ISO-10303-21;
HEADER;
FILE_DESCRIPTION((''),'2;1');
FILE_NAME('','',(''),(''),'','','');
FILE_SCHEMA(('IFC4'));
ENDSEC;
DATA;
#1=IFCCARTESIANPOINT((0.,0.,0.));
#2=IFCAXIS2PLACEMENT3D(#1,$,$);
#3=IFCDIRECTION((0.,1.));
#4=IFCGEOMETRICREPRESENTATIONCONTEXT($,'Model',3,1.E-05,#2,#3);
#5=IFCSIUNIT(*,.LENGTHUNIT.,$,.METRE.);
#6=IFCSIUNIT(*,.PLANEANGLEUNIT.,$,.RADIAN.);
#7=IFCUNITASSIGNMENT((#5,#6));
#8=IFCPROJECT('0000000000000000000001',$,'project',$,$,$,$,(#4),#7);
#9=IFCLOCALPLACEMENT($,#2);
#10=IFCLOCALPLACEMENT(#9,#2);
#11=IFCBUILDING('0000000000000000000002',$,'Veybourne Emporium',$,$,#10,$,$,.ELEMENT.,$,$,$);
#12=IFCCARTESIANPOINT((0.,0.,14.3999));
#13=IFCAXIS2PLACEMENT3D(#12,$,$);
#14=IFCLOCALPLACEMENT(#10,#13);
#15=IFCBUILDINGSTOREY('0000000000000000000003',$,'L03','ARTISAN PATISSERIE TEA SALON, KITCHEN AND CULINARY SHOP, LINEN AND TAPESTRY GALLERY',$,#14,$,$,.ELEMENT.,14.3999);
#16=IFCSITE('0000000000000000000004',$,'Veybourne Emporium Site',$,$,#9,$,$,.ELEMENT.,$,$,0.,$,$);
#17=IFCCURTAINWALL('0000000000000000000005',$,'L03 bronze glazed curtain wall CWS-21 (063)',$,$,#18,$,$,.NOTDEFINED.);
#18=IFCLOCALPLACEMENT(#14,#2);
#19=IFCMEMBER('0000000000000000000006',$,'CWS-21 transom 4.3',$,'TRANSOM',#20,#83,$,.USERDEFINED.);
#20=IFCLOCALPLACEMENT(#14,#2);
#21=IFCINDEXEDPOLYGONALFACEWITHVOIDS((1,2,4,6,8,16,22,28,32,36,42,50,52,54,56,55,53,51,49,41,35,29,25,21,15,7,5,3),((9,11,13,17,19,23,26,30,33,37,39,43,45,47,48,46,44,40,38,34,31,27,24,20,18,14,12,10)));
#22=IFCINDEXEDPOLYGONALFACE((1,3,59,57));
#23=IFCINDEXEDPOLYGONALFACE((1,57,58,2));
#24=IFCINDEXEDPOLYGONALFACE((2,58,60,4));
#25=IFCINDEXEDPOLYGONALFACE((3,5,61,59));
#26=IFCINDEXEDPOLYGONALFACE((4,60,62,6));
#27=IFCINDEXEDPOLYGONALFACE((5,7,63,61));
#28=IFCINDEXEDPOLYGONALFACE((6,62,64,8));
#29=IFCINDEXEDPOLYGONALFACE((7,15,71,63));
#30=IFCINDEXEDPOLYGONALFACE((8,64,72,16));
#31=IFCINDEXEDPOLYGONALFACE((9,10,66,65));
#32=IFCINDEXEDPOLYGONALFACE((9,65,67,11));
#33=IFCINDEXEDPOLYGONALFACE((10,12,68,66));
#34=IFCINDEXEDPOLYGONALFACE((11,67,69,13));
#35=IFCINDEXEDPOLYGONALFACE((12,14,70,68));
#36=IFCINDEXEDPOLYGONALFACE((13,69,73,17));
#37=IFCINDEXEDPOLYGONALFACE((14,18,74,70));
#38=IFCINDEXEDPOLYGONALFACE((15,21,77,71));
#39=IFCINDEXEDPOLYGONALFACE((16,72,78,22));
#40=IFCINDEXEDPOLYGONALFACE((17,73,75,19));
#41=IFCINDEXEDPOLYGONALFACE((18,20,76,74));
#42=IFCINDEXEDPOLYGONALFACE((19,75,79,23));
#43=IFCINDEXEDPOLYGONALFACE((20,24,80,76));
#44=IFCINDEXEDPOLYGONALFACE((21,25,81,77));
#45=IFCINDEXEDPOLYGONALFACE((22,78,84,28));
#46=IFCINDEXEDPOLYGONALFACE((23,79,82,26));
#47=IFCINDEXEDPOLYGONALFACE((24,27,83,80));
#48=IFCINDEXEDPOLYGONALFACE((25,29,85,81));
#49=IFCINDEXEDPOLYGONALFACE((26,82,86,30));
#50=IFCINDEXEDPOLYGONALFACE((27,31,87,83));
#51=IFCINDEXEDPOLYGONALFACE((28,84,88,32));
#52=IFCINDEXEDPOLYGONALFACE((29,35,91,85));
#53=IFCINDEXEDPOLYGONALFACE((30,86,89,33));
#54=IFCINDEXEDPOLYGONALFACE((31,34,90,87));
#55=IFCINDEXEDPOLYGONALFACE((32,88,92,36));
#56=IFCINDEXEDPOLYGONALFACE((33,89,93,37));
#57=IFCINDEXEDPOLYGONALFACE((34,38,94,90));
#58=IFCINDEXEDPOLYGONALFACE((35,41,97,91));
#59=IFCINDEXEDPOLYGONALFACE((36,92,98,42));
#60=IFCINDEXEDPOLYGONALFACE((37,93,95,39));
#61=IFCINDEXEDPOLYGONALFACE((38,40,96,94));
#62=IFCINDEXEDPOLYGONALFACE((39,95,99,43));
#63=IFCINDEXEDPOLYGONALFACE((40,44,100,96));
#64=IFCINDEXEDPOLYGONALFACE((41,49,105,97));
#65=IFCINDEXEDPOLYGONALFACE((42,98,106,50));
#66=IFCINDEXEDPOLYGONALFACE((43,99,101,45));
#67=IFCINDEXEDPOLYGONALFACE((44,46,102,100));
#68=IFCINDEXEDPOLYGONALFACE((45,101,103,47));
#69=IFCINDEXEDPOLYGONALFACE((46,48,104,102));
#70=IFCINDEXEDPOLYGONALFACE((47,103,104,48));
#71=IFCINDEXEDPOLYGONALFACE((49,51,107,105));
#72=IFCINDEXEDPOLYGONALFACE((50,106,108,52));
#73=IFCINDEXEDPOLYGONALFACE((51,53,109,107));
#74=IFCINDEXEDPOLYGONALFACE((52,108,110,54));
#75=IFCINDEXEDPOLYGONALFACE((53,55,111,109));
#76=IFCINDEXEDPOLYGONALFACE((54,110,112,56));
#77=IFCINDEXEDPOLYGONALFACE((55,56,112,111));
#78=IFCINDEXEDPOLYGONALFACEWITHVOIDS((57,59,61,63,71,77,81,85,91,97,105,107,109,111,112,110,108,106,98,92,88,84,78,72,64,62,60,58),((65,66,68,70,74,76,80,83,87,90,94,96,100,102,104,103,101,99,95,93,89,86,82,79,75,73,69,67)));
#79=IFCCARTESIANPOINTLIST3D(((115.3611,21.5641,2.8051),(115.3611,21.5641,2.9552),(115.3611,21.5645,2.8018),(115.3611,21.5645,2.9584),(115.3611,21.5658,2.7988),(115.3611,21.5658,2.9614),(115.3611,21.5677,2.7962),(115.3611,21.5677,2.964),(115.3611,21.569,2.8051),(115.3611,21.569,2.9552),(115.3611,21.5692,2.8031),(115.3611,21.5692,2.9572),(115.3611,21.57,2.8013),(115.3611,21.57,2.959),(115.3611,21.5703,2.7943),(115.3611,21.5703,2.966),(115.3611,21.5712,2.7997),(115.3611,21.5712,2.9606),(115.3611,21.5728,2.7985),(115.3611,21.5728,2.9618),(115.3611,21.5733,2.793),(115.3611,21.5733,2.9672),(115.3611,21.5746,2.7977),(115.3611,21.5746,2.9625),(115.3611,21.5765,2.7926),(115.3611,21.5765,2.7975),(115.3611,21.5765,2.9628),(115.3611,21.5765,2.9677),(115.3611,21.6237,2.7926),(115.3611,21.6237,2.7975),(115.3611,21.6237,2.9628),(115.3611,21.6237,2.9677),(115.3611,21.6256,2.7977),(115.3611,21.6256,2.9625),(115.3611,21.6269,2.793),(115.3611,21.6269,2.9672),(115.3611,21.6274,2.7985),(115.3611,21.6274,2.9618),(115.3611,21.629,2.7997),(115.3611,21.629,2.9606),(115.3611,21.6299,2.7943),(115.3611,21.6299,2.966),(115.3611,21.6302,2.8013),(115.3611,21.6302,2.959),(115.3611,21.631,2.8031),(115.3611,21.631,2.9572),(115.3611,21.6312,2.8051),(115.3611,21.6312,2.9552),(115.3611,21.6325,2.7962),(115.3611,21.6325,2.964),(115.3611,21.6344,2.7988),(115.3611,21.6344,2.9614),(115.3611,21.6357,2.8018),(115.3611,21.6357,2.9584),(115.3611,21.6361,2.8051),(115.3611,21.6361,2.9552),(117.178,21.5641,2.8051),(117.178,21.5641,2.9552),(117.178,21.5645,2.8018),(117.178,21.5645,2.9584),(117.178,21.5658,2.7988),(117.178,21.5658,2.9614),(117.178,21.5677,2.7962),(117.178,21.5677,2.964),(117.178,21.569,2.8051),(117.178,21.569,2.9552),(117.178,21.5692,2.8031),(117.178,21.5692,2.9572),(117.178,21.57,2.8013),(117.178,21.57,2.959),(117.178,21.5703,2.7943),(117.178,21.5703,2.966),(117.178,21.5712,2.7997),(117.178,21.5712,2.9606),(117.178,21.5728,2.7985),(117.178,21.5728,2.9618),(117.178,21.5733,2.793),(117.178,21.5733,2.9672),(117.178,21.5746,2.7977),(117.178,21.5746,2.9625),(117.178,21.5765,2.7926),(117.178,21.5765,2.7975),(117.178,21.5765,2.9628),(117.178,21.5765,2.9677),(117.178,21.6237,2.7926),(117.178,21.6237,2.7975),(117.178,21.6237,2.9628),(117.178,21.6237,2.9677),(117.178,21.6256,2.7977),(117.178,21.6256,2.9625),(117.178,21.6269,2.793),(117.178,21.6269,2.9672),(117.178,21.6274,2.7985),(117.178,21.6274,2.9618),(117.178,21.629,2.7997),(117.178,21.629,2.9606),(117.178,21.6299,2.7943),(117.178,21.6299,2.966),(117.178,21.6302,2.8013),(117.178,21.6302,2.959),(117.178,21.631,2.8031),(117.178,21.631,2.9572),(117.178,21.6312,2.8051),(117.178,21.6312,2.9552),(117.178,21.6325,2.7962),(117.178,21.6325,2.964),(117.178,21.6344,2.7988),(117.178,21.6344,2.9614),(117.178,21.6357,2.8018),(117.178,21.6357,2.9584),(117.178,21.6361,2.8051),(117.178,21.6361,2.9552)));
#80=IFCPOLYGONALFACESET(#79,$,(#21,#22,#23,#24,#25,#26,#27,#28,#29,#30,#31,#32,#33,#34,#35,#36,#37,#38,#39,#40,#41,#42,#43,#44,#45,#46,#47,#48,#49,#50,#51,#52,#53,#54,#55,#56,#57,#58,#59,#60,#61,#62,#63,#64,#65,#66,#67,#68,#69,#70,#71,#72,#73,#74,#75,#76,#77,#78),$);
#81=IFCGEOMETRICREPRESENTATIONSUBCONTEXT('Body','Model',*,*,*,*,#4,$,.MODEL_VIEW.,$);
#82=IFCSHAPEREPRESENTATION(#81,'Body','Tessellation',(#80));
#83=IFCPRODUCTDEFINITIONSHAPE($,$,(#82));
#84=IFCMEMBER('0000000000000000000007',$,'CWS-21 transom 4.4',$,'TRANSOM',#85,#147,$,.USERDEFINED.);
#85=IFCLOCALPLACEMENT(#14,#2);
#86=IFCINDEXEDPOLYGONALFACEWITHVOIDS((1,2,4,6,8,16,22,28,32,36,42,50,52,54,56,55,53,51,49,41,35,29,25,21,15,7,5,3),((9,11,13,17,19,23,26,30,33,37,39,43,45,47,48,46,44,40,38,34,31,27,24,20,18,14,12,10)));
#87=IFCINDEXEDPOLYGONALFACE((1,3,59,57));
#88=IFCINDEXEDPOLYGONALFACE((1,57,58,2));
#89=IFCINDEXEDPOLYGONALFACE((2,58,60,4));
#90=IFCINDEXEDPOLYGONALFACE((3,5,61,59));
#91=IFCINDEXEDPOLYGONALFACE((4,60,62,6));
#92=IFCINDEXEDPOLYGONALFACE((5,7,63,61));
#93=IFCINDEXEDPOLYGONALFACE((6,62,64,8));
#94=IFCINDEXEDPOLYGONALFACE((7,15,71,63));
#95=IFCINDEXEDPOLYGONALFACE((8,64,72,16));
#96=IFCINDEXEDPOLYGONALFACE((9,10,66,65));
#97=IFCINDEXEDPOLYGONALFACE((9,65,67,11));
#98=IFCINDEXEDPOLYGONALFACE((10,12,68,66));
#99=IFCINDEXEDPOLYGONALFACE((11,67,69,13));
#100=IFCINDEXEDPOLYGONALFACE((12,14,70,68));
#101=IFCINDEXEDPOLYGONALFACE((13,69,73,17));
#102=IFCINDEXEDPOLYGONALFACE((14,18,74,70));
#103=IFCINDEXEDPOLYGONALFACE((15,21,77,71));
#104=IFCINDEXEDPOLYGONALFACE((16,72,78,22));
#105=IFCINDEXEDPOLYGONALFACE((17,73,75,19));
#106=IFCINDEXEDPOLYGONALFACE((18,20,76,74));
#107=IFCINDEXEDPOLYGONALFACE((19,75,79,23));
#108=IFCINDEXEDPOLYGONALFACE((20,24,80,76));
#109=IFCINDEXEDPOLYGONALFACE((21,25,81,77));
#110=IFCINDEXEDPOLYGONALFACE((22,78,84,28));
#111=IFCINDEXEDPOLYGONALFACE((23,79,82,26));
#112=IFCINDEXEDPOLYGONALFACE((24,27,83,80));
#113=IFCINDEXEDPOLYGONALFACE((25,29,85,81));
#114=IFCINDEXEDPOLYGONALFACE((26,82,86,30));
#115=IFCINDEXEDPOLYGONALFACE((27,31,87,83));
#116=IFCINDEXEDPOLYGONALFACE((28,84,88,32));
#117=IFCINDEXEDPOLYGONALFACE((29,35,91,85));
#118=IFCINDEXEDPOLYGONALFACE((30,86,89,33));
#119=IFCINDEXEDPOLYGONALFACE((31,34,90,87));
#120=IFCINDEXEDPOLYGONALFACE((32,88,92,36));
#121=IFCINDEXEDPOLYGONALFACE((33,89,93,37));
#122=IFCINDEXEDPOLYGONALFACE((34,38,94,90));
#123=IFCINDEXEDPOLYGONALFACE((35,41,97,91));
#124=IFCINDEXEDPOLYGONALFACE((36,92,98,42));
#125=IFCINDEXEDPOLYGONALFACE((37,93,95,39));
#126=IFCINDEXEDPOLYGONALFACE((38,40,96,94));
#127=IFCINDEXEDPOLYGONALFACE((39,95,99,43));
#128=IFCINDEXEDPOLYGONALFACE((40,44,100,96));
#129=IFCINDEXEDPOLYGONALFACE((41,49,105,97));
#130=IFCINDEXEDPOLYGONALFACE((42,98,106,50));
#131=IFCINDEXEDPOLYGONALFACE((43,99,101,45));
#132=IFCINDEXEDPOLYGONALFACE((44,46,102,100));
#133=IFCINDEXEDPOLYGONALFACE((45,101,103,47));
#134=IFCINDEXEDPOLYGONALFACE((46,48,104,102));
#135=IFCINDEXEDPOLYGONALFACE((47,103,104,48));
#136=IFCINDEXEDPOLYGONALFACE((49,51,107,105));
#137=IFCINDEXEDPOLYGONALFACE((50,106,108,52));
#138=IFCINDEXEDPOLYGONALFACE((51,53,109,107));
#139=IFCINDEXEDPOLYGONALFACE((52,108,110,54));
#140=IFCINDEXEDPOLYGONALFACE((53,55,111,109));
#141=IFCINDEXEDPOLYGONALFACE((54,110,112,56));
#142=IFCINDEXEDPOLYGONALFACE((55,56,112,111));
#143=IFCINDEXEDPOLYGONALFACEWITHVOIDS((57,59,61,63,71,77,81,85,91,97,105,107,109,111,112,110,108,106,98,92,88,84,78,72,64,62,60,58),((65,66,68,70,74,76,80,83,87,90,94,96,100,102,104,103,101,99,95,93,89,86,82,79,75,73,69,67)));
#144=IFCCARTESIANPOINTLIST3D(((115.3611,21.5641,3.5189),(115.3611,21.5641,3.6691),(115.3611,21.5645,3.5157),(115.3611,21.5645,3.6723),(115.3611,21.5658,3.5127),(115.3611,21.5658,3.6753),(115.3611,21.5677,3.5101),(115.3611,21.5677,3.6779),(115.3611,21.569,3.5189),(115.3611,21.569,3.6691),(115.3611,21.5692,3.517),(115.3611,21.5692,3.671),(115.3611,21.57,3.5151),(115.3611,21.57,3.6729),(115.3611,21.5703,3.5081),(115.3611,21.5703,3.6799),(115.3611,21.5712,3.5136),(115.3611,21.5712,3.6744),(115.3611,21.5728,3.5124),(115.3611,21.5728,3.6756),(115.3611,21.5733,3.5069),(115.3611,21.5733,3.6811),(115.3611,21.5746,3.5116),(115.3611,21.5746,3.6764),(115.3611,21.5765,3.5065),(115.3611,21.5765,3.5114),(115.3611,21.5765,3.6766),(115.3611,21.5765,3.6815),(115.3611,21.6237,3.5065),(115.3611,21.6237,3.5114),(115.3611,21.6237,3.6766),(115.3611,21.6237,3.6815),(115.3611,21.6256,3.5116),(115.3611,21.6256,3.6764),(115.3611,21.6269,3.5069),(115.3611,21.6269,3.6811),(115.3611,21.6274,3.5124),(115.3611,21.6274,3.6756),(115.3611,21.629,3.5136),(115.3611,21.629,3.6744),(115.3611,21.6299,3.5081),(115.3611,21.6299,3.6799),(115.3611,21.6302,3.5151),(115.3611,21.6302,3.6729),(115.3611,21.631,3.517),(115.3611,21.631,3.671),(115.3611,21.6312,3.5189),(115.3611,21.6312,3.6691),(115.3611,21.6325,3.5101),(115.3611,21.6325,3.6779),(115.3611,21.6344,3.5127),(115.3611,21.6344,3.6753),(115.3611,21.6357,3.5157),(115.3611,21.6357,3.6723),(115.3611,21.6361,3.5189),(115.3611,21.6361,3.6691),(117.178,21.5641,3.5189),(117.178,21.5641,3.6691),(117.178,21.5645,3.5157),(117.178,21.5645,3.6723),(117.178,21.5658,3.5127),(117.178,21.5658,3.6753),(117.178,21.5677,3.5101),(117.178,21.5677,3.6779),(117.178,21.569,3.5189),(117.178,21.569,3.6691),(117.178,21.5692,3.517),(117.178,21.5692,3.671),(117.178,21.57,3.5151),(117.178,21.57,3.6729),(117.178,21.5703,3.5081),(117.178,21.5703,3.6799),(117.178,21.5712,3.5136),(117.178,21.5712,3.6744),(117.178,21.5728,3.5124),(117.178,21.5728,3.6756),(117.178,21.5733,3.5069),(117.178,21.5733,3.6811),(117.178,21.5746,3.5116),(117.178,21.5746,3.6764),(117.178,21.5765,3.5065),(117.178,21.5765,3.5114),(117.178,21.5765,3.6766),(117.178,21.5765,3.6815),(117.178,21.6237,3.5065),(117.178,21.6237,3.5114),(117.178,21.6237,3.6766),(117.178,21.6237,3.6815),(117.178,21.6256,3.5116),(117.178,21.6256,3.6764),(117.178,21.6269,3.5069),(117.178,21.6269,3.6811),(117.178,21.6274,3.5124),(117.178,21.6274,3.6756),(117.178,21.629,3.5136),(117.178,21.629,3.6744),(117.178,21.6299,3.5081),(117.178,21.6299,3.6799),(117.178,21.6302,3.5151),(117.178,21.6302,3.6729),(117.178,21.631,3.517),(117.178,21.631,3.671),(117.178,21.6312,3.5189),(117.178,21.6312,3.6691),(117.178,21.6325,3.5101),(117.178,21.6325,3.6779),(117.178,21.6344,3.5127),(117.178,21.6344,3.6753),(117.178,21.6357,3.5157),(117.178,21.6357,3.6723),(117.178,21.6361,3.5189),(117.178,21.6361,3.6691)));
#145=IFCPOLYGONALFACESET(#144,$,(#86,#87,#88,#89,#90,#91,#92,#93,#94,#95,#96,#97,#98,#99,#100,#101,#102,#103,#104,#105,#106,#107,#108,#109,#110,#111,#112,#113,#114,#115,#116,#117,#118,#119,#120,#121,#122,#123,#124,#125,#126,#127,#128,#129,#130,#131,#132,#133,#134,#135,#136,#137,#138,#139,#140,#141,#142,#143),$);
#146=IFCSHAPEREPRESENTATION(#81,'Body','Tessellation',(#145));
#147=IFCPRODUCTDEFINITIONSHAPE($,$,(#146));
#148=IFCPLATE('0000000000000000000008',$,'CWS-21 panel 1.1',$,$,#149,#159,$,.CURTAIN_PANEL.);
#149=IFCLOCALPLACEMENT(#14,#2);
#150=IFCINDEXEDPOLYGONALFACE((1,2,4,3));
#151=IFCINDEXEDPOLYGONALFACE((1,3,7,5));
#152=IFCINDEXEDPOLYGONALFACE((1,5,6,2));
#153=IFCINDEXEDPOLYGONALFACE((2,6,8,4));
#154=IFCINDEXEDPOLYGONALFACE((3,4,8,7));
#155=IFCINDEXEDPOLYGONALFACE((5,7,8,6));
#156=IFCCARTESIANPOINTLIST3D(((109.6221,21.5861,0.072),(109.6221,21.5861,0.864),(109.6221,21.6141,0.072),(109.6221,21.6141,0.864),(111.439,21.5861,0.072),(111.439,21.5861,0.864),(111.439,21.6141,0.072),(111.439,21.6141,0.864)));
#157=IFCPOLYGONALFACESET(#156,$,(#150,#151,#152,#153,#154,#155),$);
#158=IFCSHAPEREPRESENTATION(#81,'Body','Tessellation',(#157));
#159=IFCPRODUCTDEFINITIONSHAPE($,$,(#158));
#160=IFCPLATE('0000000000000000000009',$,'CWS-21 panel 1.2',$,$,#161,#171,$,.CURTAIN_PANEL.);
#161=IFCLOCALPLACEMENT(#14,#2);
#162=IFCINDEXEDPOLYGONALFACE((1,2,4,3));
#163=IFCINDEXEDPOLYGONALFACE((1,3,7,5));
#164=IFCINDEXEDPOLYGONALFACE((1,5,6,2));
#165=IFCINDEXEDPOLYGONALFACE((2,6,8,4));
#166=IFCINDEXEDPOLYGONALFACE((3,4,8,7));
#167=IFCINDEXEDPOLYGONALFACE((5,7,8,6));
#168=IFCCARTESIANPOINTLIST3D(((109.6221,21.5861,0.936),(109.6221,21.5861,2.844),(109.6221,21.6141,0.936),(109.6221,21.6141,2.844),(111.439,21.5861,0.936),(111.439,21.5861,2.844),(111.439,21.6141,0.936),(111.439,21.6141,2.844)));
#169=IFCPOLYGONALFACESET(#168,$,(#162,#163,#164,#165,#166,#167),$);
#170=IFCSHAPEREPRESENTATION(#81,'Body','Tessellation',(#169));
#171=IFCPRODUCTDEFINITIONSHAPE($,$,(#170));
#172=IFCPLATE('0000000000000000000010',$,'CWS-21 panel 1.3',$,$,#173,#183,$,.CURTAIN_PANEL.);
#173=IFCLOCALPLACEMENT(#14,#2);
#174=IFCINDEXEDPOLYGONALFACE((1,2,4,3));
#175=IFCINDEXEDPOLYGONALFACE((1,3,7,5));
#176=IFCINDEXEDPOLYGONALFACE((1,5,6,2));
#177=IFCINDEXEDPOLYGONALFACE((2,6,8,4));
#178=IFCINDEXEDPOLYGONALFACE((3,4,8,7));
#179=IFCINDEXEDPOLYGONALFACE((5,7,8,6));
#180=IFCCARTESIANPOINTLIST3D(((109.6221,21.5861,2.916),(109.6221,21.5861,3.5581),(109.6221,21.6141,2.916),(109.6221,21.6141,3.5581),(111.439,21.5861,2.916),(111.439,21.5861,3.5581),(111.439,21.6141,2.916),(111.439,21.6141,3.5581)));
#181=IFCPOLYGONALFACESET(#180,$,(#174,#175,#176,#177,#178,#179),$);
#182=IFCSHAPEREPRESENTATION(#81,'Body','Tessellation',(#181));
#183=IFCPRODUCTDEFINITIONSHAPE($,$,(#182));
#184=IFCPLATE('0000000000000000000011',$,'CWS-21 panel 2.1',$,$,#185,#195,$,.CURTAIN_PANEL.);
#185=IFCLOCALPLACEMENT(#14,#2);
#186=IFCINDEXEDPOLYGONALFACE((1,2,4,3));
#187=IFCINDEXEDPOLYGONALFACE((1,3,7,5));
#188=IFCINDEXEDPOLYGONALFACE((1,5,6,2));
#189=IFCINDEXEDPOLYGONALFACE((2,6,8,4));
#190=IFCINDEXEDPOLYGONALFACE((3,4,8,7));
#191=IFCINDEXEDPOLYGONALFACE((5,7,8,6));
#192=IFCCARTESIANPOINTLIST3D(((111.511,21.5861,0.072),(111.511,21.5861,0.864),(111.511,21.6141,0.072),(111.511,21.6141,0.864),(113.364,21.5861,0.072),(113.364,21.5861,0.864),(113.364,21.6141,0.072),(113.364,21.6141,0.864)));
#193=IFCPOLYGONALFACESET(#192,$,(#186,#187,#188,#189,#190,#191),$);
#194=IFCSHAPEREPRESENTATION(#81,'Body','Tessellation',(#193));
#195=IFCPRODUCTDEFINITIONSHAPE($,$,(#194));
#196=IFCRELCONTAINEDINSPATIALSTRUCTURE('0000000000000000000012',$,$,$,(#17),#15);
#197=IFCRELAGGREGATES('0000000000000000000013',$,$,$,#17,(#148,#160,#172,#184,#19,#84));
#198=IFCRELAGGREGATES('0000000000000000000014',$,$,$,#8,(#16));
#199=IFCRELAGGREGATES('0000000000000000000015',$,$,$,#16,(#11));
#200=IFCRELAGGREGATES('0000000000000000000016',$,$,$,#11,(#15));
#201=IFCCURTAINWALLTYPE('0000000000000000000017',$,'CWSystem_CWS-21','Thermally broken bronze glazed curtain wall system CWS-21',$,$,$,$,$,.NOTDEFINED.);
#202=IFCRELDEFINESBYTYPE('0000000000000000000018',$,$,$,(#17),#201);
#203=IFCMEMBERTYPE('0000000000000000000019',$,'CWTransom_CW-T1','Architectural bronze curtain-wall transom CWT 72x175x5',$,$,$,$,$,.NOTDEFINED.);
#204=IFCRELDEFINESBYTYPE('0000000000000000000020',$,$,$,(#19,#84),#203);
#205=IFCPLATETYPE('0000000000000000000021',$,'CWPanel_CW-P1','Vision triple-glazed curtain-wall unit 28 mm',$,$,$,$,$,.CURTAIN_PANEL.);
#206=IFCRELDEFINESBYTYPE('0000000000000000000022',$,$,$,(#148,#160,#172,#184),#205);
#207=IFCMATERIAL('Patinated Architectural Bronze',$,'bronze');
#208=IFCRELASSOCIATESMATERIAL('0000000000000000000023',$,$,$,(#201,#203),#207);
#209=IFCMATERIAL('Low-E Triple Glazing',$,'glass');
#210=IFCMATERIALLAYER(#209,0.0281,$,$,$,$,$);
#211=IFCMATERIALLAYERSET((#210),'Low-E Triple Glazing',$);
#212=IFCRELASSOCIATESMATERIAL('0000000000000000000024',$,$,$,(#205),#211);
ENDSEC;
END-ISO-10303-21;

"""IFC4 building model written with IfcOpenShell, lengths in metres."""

from ifc_helpers import new_model, si_unit, direction, frame, origin, origin_2d, place, context, subcontext, project, spatial, rectangle, hollow_rectangle, extrude, material, layer, layer_set, material_profile, profile_set, type_object, element, aggregate, save


model = new_model("IFC4")

# Units and contexts
model_context = context("Model", 3, precision=1e-05, world=origin(), true_north=direction((0.0, 1.0)))
body_context = subcontext(model_context, "Body", "Model", "MODEL_VIEW")
ifc_project = project(units=[si_unit("LENGTHUNIT", "METRE"), si_unit("PLANEANGLEUNIT", "RADIAN")], contexts=[model_context])

# Site, building, storey
site_placement = place(None, origin())
site = spatial("IfcSite", under=ifc_project, at=site_placement, Name="Veybourne Emporium Site", CompositionType="ELEMENT", RefElevation=0.0)
building_placement = place(site_placement, origin())
building = spatial("IfcBuilding", under=site, at=building_placement, Name="Veybourne Emporium", CompositionType="ELEMENT")
storey_placement = place(building_placement, frame((0.0, 0.0, 14.3999)))
storey = spatial("IfcBuildingStorey", under=building, at=storey_placement, Name="L03", Description="ARTISAN PATISSERIE TEA SALON, KITCHEN AND CULINARY SHOP, LINEN AND TAPESTRY GALLERY", CompositionType="ELEMENT", Elevation=14.3999)

# Curtain wall, members, plates
ifc_material_1 = material(Name="Patinated Architectural Bronze", Category="bronze")
curtain_wall_type = type_object("IfcCurtainWallType", Name="CWSystem_CWS-21", Description="Thermally broken bronze glazed curtain wall system CWS-21", PredefinedType="NOTDEFINED", material=ifc_material_1)
curtain_wall_placement = place(storey_placement, origin())
curtain_wall = element("IfcCurtainWall", 1, at=curtain_wall_placement, inside=storey, type_object=curtain_wall_type, Name="L03 bronze glazed curtain wall CWS-21 (063)", PredefinedType="NOTDEFINED")
ifc_material_profile_1 = material_profile(ifc_material_1, hollow_rectangle(XDim=0.072, YDim=0.175, WallThickness=0.0049, InnerFilletRadius=0.0076, OuterFilletRadius=0.0125, at=origin_2d()), Name="CWT 72x175x5")
ifc_profile_set_1 = profile_set([ifc_material_profile_1], Name="Patinated Architectural Bronze")
member_type_1 = type_object("IfcMemberType", Name="CWTransom_CW-T1", Description="Architectural bronze curtain-wall transom CWT 72x175x5", PredefinedType="NOTDEFINED", material=ifc_profile_set_1)
member_1_placement = place(storey_placement, frame((115.3611, 21.6001, 2.8801), z_axis=(1.0, 0.0, 0.0), x_axis=(0.0, 1.0, 0.0)))
member_1 = element("IfcMember", 2, at=member_1_placement, type_object=member_type_1, Name="CWS-21 transom 4.3", ObjectType="TRANSOM", PredefinedType="USERDEFINED", context=body_context, shape_type="SweptSolid", body=[
    extrude(hollow_rectangle(XDim=0.072, YDim=0.175, WallThickness=0.0049, InnerFilletRadius=0.0076, OuterFilletRadius=0.0125, at=origin_2d()), origin(), (0.0, 0.0, 1.0), 1.8169),
])
member_2_placement = place(storey_placement, frame((115.3611, 21.6001, 3.594), z_axis=(1.0, 0.0, 0.0), x_axis=(0.0, 1.0, 0.0)))
member_2 = element("IfcMember", 3, at=member_2_placement, type_object=member_type_1, Name="CWS-21 transom 4.4", ObjectType="TRANSOM", PredefinedType="USERDEFINED", context=body_context, shape_type="SweptSolid", body=[
    extrude(hollow_rectangle(XDim=0.072, YDim=0.175, WallThickness=0.0049, InnerFilletRadius=0.0076, OuterFilletRadius=0.0125, at=origin_2d()), origin(), (0.0, 0.0, 1.0), 1.8169),
])
ifc_material_2 = material(Name="Low-E Triple Glazing", Category="glass")
ifc_layer_1 = layer(ifc_material_2, 0.0281)
ifc_layer_set_1 = layer_set([ifc_layer_1], Name="Low-E Triple Glazing")
plate_type = type_object("IfcPlateType", Name="CWPanel_CW-P1", Description="Vision triple-glazed curtain-wall unit 28 mm", PredefinedType="CURTAIN_PANEL", material=ifc_layer_set_1)
plate_1_placement = place(storey_placement, frame((110.5305, 21.6001, 0.072), z_axis=(0.0, 0.0, 1.0), x_axis=(1.0, 0.0, 0.0)))
plate_1 = element("IfcPlate", 4, at=plate_1_placement, type_object=plate_type, Name="CWS-21 panel 1.1", PredefinedType="CURTAIN_PANEL", context=body_context, shape_type="SweptSolid", body=[
    extrude(rectangle(XDim=1.8169, YDim=0.0281, at=origin_2d()), origin(), (0.0, 0.0, 1.0), 0.792),
])
plate_2_placement = place(storey_placement, frame((110.5305, 21.6001, 0.936), z_axis=(0.0, 0.0, 1.0), x_axis=(1.0, 0.0, 0.0)))
plate_2 = element("IfcPlate", 5, at=plate_2_placement, type_object=plate_type, Name="CWS-21 panel 1.2", PredefinedType="CURTAIN_PANEL", context=body_context, shape_type="SweptSolid", body=[
    extrude(rectangle(XDim=1.8169, YDim=0.0281, at=origin_2d()), origin(), (0.0, 0.0, 1.0), 1.908),
])
plate_3_placement = place(storey_placement, frame((110.5305, 21.6001, 2.916), z_axis=(0.0, 0.0, 1.0), x_axis=(1.0, 0.0, 0.0)))
plate_3 = element("IfcPlate", 6, at=plate_3_placement, type_object=plate_type, Name="CWS-21 panel 1.3", PredefinedType="CURTAIN_PANEL", context=body_context, shape_type="SweptSolid", body=[
    extrude(rectangle(XDim=1.8169, YDim=0.0281, at=origin_2d()), origin(), (0.0, 0.0, 1.0), 0.6421),
])
plate_4_placement = place(storey_placement, frame((112.4375, 21.6001, 0.072), z_axis=(0.0, 0.0, 1.0), x_axis=(1.0, 0.0, 0.0)))
plate_4 = element("IfcPlate", 7, at=plate_4_placement, type_object=plate_type, Name="CWS-21 panel 2.1", PredefinedType="CURTAIN_PANEL", context=body_context, shape_type="SweptSolid", body=[
    extrude(rectangle(XDim=1.853, YDim=0.0281, at=origin_2d()), origin(), (0.0, 0.0, 1.0), 0.792),
])
aggregate(curtain_wall, [plate_1, plate_2, plate_3, plate_4, member_1, member_2])

save(model, "model.ifc")
